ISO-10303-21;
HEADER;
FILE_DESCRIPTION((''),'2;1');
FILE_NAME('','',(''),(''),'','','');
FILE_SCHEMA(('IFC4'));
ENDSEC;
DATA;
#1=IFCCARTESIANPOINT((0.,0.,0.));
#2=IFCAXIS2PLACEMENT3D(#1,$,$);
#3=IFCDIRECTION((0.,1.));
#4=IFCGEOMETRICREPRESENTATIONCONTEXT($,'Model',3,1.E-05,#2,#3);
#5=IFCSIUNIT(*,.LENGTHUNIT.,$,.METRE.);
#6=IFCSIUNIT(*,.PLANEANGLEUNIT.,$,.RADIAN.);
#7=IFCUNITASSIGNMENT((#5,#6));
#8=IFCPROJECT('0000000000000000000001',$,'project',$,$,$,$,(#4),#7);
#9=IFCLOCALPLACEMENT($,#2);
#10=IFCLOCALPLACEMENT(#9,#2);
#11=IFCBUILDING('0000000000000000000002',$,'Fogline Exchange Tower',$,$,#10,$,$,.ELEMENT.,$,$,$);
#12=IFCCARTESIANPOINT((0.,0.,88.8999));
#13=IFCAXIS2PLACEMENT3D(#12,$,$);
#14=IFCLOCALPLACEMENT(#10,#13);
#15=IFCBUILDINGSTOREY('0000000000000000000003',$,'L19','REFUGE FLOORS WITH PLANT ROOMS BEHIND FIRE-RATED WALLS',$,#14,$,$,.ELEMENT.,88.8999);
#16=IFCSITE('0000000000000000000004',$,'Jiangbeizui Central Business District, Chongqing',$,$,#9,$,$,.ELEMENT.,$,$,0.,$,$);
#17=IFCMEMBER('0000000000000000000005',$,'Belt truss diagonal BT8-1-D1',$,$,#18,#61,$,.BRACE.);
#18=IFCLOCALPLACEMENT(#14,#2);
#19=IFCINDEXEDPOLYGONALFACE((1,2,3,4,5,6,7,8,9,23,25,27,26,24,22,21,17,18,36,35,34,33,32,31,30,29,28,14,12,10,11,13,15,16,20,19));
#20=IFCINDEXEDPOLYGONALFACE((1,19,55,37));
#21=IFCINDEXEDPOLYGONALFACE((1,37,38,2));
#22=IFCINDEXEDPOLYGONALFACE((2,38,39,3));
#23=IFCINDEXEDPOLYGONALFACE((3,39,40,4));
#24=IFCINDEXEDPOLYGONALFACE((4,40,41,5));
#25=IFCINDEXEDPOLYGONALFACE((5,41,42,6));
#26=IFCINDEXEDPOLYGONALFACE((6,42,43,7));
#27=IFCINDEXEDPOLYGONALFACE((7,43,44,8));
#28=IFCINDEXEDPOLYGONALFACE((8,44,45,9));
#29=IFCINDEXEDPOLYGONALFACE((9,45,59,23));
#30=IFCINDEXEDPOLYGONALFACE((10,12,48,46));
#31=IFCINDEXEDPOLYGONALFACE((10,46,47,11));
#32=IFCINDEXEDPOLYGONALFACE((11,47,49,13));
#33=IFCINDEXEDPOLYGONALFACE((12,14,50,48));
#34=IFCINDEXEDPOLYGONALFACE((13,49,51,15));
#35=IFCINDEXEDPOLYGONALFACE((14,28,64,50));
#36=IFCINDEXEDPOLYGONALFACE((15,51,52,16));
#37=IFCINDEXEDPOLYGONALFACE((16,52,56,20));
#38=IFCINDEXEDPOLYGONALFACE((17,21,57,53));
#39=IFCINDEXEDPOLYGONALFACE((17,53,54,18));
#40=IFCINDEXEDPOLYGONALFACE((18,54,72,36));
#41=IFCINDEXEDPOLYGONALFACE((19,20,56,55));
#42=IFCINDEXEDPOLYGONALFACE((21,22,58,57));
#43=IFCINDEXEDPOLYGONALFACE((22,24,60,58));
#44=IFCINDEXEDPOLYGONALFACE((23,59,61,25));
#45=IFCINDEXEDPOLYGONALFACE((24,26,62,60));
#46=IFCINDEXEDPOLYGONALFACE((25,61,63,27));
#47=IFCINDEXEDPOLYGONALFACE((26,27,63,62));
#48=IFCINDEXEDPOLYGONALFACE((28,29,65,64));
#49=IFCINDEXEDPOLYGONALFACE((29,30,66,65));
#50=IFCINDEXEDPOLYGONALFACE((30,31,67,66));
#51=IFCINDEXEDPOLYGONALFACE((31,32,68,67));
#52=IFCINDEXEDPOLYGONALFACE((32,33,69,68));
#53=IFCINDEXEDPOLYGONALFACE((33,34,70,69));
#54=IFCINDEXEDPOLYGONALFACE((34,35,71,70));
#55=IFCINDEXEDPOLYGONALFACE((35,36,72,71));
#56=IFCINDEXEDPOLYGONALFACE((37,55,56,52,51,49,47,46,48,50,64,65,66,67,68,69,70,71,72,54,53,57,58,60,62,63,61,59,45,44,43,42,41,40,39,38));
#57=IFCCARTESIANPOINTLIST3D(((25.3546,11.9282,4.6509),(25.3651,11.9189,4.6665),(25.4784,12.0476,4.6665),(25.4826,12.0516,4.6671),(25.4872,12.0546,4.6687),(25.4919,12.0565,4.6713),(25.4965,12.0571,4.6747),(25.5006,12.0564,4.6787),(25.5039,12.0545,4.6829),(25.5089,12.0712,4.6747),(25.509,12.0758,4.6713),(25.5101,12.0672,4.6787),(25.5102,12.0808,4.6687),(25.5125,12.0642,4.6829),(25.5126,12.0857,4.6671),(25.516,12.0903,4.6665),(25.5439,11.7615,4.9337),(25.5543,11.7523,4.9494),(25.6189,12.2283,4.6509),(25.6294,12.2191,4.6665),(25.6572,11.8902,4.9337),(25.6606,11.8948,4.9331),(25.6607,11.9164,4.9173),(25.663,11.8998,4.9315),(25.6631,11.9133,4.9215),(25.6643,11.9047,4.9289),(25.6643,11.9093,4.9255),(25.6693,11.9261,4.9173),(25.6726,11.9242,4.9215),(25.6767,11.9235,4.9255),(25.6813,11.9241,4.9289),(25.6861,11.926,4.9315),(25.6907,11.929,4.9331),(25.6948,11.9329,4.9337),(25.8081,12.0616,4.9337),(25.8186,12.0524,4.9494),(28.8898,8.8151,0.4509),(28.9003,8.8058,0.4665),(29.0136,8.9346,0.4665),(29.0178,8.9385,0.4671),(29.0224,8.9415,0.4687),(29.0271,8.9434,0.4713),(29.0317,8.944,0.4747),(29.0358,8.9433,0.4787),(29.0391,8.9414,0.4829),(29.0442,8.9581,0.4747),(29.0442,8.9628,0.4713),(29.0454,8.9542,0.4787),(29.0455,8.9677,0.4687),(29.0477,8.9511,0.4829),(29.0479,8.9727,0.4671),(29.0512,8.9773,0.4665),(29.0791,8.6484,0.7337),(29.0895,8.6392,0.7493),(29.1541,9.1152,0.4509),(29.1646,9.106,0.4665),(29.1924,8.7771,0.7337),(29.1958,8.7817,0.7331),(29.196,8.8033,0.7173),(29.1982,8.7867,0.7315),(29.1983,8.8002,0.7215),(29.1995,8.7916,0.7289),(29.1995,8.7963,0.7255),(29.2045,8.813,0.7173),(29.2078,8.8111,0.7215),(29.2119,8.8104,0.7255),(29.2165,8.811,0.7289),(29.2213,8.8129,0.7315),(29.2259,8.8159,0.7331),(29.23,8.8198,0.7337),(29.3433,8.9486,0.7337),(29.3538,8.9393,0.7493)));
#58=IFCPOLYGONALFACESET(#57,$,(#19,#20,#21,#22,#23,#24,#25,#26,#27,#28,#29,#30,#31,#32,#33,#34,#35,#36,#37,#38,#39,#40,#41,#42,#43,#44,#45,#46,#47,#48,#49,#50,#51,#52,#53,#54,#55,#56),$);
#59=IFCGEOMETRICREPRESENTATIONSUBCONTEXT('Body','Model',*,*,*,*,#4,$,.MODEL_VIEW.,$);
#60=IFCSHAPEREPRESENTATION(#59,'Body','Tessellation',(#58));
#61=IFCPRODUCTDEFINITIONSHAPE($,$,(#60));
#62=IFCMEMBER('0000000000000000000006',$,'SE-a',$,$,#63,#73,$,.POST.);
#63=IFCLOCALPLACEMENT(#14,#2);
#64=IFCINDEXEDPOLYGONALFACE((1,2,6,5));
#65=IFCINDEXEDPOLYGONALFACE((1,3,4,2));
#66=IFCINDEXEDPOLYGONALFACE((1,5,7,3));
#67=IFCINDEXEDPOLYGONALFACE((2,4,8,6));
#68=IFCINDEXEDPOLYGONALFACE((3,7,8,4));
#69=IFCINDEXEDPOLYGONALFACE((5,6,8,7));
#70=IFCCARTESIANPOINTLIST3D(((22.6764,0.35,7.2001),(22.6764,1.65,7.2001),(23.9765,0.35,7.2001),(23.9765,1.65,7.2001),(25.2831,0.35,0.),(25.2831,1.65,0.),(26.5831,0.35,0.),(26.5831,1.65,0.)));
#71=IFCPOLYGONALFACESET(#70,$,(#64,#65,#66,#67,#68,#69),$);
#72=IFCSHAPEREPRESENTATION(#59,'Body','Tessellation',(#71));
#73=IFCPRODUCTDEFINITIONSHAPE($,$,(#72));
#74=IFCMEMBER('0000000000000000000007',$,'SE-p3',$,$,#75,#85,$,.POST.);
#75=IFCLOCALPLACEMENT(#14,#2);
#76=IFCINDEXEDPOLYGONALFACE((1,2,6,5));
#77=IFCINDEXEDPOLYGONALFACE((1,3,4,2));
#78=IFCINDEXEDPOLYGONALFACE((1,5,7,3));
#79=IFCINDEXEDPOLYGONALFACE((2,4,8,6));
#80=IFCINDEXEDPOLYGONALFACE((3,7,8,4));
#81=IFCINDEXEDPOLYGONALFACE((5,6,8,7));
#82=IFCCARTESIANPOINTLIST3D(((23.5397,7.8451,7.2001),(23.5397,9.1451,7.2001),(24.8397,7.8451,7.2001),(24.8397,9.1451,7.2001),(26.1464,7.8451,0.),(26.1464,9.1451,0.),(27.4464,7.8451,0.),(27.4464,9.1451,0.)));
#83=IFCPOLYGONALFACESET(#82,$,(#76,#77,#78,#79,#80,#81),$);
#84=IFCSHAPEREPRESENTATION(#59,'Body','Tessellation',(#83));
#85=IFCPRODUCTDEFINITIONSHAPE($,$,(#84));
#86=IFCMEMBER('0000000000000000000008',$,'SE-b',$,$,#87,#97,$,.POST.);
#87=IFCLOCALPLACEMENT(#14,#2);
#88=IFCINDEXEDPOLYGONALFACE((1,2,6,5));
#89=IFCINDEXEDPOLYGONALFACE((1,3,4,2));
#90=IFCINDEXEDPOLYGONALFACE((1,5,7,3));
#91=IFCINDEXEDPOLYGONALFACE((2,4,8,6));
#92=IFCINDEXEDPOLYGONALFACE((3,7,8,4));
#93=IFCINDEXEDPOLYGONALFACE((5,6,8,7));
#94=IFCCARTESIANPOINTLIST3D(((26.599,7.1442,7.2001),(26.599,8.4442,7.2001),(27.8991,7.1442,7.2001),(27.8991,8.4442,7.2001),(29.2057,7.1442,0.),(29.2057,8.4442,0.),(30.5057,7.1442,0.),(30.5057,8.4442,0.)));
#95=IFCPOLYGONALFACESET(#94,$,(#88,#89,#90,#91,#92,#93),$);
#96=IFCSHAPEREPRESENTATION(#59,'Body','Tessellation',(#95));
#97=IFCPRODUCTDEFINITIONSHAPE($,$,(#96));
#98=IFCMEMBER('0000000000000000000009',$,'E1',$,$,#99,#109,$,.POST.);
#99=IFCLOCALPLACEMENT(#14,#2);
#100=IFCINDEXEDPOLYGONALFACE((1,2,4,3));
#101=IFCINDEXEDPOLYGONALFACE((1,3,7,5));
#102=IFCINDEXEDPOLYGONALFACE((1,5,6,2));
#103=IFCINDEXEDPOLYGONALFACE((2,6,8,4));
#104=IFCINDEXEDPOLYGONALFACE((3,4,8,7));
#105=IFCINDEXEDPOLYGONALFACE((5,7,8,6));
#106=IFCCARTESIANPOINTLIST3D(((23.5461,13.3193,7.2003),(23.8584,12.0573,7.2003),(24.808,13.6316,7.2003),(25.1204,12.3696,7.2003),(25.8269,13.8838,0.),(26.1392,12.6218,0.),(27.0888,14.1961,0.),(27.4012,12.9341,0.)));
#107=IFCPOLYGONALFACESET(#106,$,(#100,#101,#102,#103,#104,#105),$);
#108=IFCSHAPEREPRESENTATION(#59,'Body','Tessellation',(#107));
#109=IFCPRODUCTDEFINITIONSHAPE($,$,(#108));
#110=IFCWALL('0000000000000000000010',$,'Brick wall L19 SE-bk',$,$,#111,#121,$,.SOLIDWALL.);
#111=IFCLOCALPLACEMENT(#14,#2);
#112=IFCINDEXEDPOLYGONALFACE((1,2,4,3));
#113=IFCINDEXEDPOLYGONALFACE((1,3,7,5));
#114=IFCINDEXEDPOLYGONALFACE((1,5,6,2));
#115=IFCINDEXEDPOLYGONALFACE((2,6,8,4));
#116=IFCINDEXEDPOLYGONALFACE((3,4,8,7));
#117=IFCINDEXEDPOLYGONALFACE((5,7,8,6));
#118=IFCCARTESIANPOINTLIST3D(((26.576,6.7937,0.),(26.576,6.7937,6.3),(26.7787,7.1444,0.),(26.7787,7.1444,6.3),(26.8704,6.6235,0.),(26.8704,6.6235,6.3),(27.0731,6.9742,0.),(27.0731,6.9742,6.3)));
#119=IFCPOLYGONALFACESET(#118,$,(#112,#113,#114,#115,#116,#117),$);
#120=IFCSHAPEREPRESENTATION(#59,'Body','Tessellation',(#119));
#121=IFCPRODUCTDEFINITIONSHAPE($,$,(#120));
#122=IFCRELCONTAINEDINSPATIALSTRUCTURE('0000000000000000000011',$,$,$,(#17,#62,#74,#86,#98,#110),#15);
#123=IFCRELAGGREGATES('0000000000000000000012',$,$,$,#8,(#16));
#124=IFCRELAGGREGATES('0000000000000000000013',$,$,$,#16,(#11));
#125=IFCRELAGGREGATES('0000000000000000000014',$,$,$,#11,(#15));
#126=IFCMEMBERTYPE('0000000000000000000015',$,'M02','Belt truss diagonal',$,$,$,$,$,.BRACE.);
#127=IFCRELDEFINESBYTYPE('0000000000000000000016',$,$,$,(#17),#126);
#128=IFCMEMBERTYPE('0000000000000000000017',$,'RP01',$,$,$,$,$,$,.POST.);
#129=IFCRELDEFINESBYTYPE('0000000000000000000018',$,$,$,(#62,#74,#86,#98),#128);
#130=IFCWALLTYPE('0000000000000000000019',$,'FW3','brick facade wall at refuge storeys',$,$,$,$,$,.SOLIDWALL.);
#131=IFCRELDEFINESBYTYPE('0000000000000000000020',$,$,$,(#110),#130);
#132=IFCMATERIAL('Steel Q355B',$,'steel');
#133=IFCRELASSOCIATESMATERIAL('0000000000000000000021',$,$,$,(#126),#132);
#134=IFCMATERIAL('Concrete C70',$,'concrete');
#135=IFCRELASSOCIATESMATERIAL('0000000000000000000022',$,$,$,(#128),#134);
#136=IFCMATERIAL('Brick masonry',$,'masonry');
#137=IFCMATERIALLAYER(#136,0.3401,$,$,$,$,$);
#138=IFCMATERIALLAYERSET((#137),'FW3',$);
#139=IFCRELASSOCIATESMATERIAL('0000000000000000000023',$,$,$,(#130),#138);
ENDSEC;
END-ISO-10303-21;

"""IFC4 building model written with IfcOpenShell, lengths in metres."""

from ifc_helpers import new_model, si_unit, direction, frame, frame_2d, origin, origin_2d, place, context, subcontext, project, spatial, rectangle, i_section, extrude, material, layer, layer_set, material_profile, profile_set, type_object, element, save


model = new_model("IFC4")

# Units and contexts
model_context = context("Model", 3, precision=1e-05, world=origin(), true_north=direction((0.0, 1.0)))
body_context = subcontext(model_context, "Body", "Model", "MODEL_VIEW")
ifc_project = project(units=[si_unit("LENGTHUNIT", "METRE"), si_unit("PLANEANGLEUNIT", "RADIAN")], contexts=[model_context])

# Site, building, storey
site_placement = place(None, origin())
site = spatial("IfcSite", under=ifc_project, at=site_placement, Name="Jiangbeizui Central Business District, Chongqing", CompositionType="ELEMENT", RefElevation=0.0)
building_placement = place(site_placement, origin())
building = spatial("IfcBuilding", under=site, at=building_placement, Name="Fogline Exchange Tower", CompositionType="ELEMENT")
storey_placement = place(building_placement, frame((0.0, 0.0, 88.8999)))
storey = spatial("IfcBuildingStorey", under=building, at=storey_placement, Name="L19", Description="REFUGE FLOORS WITH PLANT ROOMS BEHIND FIRE-RATED WALLS", CompositionType="ELEMENT", Elevation=88.8999)

# Members
ifc_material_1 = material(Name="Steel Q355B", Category="steel")
ifc_material_profile_1 = material_profile(ifc_material_1, i_section(OverallWidth=0.3999, OverallDepth=0.3999, WebThickness=0.0129, FlangeThickness=0.021, FilletRadius=0.022, at=origin_2d()), Name="HW400X400X13X21")
ifc_profile_set_1 = profile_set([ifc_material_profile_1], Name="Steel Q355B")
member_type_1 = type_object("IfcMemberType", Name="M02", Description="Belt truss diagonal", PredefinedType="BRACE", material=ifc_profile_set_1)
member_1_placement = place(storey_placement, frame((29.1218, 8.8772, 0.6001), z_axis=(-0.560163, 0.493277, 0.665504), x_axis=(-0.660879, -0.750492, 0.0)))
element("IfcMember", 1, at=member_1_placement, inside=storey, type_object=member_type_1, Name="Belt truss diagonal BT8-1-D1", PredefinedType="BRACE", context=body_context, shape_type="SweptSolid", body=[
    extrude(i_section(OverallWidth=0.3999, OverallDepth=0.3999, WebThickness=0.0129, FlangeThickness=0.021, FilletRadius=0.022, at=origin_2d()), origin(), (0.0, 0.0, 1.0), 6.311),
])
ifc_material_2 = material(Name="Concrete C70", Category="concrete")
ifc_material_profile_2 = material_profile(ifc_material_2, rectangle(XDim=1.3, YDim=1.3, at=origin_2d()), Name="RC 1300x1300")
ifc_profile_set_2 = profile_set([ifc_material_profile_2], Name="Concrete C70")
member_type_2 = type_object("IfcMemberType", Name="RP01", PredefinedType="POST", material=ifc_profile_set_2)
for number, where, z_axis, x_axis, name in (
    (2, (25.9331, 1.0, 0.0), (0.0, 0.0, 1.0), (0.0, -1.0, 0.0), "SE-a"),
    (3, (26.7964, 8.4951, 0.0), (0.0, 0.0, 1.0), (0.0, -1.0, 0.0), "SE-p3"),
    (4, (29.8557, 7.7942, 0.0), (0.0, 0.0, 1.0), (0.0, -1.0, 0.0), "SE-b"),
):
    element("IfcMember", number, at=place(storey_placement, frame(where, z_axis=z_axis, x_axis=x_axis)), inside=storey, type_object=member_type_2, Name=name, PredefinedType="POST", context=body_context, shape_type="SweptSolid", body=[
        extrude(rectangle(XDim=1.3, YDim=1.3, at=origin_2d()), origin(), (0.0, -0.340409, 0.940277), 7.6575),
    ])
member_2_placement = place(storey_placement, frame((26.614, 13.4089, 0.0), z_axis=(0.0, 0.0, 1.0), x_axis=(0.240237, -0.970714, 0.0)))
element("IfcMember", 5, at=member_2_placement, inside=storey, type_object=member_type_2, Name="E1", PredefinedType="POST", context=body_context, shape_type="SweptSolid", body=[
    extrude(rectangle(XDim=1.3, YDim=1.3, at=origin_2d()), origin(), (0.0, -0.310221, 0.950664), 7.574),
])

# Wall
ifc_material_3 = material(Name="Brick masonry", Category="masonry")
ifc_layer_1 = layer(ifc_material_3, 0.3401)
ifc_layer_set_1 = layer_set([ifc_layer_1], Name="FW3")
wall_type = type_object("IfcWallType", Name="FW3", Description="brick facade wall at refuge storeys", PredefinedType="SOLIDWALL", material=ifc_layer_set_1)
wall_1_placement = place(storey_placement, frame((26.7231, 6.7085, 0.0), z_axis=(0.0, 0.0, 1.0), x_axis=(0.500418, 0.865784, 0.0)))
element("IfcWall", 6, at=wall_1_placement, inside=storey, type_object=wall_type, Name="Brick wall L19 SE-bk", PredefinedType="SOLIDWALL", context=body_context, shape_type="SweptSolid", body=[
    extrude(rectangle(XDim=0.405, YDim=0.3401, at=frame_2d((0.2026, 0.0))), origin(), (0.0, 0.0, 1.0), 6.3),
])

save(model, "model.ifc")
